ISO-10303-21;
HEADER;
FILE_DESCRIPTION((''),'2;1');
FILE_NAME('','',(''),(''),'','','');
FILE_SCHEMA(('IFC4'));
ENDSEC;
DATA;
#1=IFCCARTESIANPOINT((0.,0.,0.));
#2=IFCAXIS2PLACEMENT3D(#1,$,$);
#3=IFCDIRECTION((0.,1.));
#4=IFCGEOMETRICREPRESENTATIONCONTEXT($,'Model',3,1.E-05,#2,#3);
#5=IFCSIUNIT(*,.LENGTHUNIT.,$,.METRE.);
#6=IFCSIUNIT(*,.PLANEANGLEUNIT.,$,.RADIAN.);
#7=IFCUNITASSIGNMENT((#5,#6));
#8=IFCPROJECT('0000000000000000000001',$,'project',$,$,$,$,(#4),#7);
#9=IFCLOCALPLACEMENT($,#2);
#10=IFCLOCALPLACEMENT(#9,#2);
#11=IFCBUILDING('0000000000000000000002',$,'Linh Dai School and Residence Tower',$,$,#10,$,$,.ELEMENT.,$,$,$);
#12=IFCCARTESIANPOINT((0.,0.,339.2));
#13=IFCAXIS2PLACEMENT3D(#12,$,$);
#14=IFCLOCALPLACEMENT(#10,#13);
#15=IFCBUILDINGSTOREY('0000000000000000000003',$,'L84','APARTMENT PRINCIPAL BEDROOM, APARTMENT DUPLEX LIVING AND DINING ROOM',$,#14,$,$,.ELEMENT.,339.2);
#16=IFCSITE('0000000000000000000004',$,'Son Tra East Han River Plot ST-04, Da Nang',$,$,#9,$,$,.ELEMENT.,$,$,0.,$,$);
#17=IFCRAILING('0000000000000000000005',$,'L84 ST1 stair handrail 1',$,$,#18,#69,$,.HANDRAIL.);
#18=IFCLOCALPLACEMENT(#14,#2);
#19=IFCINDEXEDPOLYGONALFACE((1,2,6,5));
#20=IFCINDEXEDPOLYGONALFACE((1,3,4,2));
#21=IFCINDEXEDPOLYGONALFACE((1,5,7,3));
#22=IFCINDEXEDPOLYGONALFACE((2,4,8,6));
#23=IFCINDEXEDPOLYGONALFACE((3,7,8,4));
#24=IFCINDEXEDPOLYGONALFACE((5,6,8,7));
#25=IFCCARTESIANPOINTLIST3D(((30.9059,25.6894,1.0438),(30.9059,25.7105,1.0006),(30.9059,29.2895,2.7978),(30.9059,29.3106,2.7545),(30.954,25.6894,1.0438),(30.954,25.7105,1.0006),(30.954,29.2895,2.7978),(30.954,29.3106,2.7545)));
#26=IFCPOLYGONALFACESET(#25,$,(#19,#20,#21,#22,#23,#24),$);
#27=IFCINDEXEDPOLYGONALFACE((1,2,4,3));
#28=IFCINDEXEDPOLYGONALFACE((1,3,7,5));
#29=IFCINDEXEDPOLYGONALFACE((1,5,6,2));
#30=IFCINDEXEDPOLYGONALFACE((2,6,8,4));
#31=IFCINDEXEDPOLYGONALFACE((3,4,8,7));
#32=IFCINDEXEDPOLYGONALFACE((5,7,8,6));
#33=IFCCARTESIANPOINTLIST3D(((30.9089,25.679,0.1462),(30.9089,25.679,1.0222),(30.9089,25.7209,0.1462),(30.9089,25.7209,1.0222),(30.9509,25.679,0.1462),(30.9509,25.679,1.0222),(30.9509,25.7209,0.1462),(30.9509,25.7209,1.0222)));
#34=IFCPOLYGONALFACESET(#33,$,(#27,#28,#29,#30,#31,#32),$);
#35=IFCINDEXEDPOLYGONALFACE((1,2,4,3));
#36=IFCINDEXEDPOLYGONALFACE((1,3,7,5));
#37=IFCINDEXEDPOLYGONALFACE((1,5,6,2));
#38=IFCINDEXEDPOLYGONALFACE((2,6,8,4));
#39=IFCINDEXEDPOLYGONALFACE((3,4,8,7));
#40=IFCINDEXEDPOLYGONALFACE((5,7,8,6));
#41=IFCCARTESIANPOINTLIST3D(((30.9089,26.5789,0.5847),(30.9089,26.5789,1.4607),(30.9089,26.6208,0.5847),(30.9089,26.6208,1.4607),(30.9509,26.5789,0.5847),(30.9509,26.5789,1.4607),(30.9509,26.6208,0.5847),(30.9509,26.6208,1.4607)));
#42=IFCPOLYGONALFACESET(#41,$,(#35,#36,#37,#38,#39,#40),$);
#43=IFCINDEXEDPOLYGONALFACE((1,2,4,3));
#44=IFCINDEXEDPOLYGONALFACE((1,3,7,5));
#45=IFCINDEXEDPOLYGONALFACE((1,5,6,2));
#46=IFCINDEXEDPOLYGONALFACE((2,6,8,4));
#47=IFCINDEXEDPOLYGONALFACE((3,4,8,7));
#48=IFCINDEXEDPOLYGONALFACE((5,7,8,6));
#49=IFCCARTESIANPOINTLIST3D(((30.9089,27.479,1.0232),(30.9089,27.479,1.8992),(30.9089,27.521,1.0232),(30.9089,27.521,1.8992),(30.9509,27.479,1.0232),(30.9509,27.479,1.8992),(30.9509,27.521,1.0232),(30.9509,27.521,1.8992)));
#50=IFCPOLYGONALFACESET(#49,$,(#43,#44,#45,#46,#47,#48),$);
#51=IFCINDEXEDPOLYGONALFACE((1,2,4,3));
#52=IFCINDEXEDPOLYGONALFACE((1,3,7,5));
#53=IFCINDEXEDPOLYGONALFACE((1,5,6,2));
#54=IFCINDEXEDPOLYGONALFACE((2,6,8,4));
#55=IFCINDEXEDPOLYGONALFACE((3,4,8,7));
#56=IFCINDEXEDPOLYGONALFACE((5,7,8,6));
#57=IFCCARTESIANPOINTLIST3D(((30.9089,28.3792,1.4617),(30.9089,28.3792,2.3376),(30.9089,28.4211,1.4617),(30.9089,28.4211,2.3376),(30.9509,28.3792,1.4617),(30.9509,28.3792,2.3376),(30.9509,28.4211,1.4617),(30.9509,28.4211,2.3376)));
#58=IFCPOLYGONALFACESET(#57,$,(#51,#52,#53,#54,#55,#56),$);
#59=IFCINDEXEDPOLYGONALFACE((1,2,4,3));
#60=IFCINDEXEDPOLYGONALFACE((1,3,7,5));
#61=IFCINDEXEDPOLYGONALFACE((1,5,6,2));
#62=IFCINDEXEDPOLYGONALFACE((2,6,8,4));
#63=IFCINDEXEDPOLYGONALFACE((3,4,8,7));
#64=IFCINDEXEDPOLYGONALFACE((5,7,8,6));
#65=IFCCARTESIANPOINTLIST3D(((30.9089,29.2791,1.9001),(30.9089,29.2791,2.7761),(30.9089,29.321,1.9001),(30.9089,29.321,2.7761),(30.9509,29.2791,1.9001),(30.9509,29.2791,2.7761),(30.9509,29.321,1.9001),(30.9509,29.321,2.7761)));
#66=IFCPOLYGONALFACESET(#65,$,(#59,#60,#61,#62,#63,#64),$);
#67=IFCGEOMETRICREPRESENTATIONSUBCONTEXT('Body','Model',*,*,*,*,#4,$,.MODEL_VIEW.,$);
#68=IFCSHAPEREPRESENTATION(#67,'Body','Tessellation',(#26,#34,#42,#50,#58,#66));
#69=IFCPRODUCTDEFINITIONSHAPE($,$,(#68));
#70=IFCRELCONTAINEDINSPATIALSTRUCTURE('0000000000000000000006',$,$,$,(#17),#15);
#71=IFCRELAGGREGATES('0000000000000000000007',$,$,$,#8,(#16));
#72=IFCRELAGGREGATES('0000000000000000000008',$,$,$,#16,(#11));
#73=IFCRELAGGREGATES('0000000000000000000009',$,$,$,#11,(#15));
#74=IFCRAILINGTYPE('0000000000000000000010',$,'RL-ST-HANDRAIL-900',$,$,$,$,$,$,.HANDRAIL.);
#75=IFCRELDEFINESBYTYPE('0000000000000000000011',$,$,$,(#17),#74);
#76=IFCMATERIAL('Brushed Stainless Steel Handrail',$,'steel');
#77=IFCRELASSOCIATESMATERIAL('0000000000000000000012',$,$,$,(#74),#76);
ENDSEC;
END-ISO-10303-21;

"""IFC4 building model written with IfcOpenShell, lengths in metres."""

from ifc_helpers import new_model, si_unit, direction, frame, origin, origin_2d, place, context, subcontext, project, spatial, rectangle, extrude, source, transform, mapped, material, type_object, element, save


model = new_model("IFC4")

# Units and contexts
model_context = context("Model", 3, precision=1e-05, world=origin(), true_north=direction((0.0, 1.0)))
body_context = subcontext(model_context, "Body", "Model", "MODEL_VIEW")
ifc_project = project(units=[si_unit("LENGTHUNIT", "METRE"), si_unit("PLANEANGLEUNIT", "RADIAN")], contexts=[model_context])

# Site, building, storey
site_placement = place(None, origin())
site = spatial("IfcSite", under=ifc_project, at=site_placement, Name="Son Tra East Han River Plot ST-04, Da Nang", CompositionType="ELEMENT", RefElevation=0.0)
building_placement = place(site_placement, origin())
building = spatial("IfcBuilding", under=site, at=building_placement, Name="Linh Dai School and Residence Tower", CompositionType="ELEMENT")
storey_placement = place(building_placement, frame((0.0, 0.0, 339.2)))
storey = spatial("IfcBuildingStorey", under=building, at=storey_placement, Name="L84", Description="APARTMENT PRINCIPAL BEDROOM, APARTMENT DUPLEX LIVING AND DINING ROOM", CompositionType="ELEMENT", Elevation=339.2)

# Railing
ifc_material_1 = material(Name="Brushed Stainless Steel Handrail", Category="steel")
railing_type_1 = type_object("IfcRailingType", Name="RL-ST-HANDRAIL-900", PredefinedType="HANDRAIL", material=ifc_material_1)
shared_shape_1 = source(origin(), body_context, "Body", "SweptSolid", [
    extrude(rectangle(XDim=0.0481, YDim=0.0481, at=origin_2d()), frame((0.0, 0.0, 0.876), z_axis=(0.0, 0.898989, 0.437972), x_axis=(-1.0, 0.0, 0.0)), (0.0, 0.0, 1.0), 4.0046),
    extrude(rectangle(XDim=0.042, YDim=0.042, at=origin_2d()), origin(), (0.0, 0.0, 1.0), 0.876),
    extrude(rectangle(XDim=0.042, YDim=0.042, at=origin_2d()), frame((0.0, 0.8999, 0.4385)), (0.0, 0.0, 1.0), 0.876),
    extrude(rectangle(XDim=0.042, YDim=0.042, at=origin_2d()), frame((0.0, 1.8, 0.877)), (0.0, 0.0, 1.0), 0.876),
    extrude(rectangle(XDim=0.042, YDim=0.042, at=origin_2d()), frame((0.0, 2.7002, 1.3154)), (0.0, 0.0, 1.0), 0.876),
    extrude(rectangle(XDim=0.042, YDim=0.042, at=origin_2d()), frame((0.0, 3.6001, 1.7539)), (0.0, 0.0, 1.0), 0.876),
])
railing_1_placement = place(storey_placement, frame((30.9299, 25.7, 0.1462)))
element("IfcRailing", 1, at=railing_1_placement, inside=storey, type_object=railing_type_1, Name="L84 ST1 stair handrail 1", PredefinedType="HANDRAIL", context=body_context, shape_type="MappedRepresentation", body=[
    mapped(shared_shape_1, transform((0.0, 0.0, 0.0), x_axis=(1.0, 0.0, 0.0), y_axis=(0.0, 1.0, 0.0), z_axis=(0.0, 0.0, 1.0), scale=1.0)),
])

save(model, "model.ifc")
